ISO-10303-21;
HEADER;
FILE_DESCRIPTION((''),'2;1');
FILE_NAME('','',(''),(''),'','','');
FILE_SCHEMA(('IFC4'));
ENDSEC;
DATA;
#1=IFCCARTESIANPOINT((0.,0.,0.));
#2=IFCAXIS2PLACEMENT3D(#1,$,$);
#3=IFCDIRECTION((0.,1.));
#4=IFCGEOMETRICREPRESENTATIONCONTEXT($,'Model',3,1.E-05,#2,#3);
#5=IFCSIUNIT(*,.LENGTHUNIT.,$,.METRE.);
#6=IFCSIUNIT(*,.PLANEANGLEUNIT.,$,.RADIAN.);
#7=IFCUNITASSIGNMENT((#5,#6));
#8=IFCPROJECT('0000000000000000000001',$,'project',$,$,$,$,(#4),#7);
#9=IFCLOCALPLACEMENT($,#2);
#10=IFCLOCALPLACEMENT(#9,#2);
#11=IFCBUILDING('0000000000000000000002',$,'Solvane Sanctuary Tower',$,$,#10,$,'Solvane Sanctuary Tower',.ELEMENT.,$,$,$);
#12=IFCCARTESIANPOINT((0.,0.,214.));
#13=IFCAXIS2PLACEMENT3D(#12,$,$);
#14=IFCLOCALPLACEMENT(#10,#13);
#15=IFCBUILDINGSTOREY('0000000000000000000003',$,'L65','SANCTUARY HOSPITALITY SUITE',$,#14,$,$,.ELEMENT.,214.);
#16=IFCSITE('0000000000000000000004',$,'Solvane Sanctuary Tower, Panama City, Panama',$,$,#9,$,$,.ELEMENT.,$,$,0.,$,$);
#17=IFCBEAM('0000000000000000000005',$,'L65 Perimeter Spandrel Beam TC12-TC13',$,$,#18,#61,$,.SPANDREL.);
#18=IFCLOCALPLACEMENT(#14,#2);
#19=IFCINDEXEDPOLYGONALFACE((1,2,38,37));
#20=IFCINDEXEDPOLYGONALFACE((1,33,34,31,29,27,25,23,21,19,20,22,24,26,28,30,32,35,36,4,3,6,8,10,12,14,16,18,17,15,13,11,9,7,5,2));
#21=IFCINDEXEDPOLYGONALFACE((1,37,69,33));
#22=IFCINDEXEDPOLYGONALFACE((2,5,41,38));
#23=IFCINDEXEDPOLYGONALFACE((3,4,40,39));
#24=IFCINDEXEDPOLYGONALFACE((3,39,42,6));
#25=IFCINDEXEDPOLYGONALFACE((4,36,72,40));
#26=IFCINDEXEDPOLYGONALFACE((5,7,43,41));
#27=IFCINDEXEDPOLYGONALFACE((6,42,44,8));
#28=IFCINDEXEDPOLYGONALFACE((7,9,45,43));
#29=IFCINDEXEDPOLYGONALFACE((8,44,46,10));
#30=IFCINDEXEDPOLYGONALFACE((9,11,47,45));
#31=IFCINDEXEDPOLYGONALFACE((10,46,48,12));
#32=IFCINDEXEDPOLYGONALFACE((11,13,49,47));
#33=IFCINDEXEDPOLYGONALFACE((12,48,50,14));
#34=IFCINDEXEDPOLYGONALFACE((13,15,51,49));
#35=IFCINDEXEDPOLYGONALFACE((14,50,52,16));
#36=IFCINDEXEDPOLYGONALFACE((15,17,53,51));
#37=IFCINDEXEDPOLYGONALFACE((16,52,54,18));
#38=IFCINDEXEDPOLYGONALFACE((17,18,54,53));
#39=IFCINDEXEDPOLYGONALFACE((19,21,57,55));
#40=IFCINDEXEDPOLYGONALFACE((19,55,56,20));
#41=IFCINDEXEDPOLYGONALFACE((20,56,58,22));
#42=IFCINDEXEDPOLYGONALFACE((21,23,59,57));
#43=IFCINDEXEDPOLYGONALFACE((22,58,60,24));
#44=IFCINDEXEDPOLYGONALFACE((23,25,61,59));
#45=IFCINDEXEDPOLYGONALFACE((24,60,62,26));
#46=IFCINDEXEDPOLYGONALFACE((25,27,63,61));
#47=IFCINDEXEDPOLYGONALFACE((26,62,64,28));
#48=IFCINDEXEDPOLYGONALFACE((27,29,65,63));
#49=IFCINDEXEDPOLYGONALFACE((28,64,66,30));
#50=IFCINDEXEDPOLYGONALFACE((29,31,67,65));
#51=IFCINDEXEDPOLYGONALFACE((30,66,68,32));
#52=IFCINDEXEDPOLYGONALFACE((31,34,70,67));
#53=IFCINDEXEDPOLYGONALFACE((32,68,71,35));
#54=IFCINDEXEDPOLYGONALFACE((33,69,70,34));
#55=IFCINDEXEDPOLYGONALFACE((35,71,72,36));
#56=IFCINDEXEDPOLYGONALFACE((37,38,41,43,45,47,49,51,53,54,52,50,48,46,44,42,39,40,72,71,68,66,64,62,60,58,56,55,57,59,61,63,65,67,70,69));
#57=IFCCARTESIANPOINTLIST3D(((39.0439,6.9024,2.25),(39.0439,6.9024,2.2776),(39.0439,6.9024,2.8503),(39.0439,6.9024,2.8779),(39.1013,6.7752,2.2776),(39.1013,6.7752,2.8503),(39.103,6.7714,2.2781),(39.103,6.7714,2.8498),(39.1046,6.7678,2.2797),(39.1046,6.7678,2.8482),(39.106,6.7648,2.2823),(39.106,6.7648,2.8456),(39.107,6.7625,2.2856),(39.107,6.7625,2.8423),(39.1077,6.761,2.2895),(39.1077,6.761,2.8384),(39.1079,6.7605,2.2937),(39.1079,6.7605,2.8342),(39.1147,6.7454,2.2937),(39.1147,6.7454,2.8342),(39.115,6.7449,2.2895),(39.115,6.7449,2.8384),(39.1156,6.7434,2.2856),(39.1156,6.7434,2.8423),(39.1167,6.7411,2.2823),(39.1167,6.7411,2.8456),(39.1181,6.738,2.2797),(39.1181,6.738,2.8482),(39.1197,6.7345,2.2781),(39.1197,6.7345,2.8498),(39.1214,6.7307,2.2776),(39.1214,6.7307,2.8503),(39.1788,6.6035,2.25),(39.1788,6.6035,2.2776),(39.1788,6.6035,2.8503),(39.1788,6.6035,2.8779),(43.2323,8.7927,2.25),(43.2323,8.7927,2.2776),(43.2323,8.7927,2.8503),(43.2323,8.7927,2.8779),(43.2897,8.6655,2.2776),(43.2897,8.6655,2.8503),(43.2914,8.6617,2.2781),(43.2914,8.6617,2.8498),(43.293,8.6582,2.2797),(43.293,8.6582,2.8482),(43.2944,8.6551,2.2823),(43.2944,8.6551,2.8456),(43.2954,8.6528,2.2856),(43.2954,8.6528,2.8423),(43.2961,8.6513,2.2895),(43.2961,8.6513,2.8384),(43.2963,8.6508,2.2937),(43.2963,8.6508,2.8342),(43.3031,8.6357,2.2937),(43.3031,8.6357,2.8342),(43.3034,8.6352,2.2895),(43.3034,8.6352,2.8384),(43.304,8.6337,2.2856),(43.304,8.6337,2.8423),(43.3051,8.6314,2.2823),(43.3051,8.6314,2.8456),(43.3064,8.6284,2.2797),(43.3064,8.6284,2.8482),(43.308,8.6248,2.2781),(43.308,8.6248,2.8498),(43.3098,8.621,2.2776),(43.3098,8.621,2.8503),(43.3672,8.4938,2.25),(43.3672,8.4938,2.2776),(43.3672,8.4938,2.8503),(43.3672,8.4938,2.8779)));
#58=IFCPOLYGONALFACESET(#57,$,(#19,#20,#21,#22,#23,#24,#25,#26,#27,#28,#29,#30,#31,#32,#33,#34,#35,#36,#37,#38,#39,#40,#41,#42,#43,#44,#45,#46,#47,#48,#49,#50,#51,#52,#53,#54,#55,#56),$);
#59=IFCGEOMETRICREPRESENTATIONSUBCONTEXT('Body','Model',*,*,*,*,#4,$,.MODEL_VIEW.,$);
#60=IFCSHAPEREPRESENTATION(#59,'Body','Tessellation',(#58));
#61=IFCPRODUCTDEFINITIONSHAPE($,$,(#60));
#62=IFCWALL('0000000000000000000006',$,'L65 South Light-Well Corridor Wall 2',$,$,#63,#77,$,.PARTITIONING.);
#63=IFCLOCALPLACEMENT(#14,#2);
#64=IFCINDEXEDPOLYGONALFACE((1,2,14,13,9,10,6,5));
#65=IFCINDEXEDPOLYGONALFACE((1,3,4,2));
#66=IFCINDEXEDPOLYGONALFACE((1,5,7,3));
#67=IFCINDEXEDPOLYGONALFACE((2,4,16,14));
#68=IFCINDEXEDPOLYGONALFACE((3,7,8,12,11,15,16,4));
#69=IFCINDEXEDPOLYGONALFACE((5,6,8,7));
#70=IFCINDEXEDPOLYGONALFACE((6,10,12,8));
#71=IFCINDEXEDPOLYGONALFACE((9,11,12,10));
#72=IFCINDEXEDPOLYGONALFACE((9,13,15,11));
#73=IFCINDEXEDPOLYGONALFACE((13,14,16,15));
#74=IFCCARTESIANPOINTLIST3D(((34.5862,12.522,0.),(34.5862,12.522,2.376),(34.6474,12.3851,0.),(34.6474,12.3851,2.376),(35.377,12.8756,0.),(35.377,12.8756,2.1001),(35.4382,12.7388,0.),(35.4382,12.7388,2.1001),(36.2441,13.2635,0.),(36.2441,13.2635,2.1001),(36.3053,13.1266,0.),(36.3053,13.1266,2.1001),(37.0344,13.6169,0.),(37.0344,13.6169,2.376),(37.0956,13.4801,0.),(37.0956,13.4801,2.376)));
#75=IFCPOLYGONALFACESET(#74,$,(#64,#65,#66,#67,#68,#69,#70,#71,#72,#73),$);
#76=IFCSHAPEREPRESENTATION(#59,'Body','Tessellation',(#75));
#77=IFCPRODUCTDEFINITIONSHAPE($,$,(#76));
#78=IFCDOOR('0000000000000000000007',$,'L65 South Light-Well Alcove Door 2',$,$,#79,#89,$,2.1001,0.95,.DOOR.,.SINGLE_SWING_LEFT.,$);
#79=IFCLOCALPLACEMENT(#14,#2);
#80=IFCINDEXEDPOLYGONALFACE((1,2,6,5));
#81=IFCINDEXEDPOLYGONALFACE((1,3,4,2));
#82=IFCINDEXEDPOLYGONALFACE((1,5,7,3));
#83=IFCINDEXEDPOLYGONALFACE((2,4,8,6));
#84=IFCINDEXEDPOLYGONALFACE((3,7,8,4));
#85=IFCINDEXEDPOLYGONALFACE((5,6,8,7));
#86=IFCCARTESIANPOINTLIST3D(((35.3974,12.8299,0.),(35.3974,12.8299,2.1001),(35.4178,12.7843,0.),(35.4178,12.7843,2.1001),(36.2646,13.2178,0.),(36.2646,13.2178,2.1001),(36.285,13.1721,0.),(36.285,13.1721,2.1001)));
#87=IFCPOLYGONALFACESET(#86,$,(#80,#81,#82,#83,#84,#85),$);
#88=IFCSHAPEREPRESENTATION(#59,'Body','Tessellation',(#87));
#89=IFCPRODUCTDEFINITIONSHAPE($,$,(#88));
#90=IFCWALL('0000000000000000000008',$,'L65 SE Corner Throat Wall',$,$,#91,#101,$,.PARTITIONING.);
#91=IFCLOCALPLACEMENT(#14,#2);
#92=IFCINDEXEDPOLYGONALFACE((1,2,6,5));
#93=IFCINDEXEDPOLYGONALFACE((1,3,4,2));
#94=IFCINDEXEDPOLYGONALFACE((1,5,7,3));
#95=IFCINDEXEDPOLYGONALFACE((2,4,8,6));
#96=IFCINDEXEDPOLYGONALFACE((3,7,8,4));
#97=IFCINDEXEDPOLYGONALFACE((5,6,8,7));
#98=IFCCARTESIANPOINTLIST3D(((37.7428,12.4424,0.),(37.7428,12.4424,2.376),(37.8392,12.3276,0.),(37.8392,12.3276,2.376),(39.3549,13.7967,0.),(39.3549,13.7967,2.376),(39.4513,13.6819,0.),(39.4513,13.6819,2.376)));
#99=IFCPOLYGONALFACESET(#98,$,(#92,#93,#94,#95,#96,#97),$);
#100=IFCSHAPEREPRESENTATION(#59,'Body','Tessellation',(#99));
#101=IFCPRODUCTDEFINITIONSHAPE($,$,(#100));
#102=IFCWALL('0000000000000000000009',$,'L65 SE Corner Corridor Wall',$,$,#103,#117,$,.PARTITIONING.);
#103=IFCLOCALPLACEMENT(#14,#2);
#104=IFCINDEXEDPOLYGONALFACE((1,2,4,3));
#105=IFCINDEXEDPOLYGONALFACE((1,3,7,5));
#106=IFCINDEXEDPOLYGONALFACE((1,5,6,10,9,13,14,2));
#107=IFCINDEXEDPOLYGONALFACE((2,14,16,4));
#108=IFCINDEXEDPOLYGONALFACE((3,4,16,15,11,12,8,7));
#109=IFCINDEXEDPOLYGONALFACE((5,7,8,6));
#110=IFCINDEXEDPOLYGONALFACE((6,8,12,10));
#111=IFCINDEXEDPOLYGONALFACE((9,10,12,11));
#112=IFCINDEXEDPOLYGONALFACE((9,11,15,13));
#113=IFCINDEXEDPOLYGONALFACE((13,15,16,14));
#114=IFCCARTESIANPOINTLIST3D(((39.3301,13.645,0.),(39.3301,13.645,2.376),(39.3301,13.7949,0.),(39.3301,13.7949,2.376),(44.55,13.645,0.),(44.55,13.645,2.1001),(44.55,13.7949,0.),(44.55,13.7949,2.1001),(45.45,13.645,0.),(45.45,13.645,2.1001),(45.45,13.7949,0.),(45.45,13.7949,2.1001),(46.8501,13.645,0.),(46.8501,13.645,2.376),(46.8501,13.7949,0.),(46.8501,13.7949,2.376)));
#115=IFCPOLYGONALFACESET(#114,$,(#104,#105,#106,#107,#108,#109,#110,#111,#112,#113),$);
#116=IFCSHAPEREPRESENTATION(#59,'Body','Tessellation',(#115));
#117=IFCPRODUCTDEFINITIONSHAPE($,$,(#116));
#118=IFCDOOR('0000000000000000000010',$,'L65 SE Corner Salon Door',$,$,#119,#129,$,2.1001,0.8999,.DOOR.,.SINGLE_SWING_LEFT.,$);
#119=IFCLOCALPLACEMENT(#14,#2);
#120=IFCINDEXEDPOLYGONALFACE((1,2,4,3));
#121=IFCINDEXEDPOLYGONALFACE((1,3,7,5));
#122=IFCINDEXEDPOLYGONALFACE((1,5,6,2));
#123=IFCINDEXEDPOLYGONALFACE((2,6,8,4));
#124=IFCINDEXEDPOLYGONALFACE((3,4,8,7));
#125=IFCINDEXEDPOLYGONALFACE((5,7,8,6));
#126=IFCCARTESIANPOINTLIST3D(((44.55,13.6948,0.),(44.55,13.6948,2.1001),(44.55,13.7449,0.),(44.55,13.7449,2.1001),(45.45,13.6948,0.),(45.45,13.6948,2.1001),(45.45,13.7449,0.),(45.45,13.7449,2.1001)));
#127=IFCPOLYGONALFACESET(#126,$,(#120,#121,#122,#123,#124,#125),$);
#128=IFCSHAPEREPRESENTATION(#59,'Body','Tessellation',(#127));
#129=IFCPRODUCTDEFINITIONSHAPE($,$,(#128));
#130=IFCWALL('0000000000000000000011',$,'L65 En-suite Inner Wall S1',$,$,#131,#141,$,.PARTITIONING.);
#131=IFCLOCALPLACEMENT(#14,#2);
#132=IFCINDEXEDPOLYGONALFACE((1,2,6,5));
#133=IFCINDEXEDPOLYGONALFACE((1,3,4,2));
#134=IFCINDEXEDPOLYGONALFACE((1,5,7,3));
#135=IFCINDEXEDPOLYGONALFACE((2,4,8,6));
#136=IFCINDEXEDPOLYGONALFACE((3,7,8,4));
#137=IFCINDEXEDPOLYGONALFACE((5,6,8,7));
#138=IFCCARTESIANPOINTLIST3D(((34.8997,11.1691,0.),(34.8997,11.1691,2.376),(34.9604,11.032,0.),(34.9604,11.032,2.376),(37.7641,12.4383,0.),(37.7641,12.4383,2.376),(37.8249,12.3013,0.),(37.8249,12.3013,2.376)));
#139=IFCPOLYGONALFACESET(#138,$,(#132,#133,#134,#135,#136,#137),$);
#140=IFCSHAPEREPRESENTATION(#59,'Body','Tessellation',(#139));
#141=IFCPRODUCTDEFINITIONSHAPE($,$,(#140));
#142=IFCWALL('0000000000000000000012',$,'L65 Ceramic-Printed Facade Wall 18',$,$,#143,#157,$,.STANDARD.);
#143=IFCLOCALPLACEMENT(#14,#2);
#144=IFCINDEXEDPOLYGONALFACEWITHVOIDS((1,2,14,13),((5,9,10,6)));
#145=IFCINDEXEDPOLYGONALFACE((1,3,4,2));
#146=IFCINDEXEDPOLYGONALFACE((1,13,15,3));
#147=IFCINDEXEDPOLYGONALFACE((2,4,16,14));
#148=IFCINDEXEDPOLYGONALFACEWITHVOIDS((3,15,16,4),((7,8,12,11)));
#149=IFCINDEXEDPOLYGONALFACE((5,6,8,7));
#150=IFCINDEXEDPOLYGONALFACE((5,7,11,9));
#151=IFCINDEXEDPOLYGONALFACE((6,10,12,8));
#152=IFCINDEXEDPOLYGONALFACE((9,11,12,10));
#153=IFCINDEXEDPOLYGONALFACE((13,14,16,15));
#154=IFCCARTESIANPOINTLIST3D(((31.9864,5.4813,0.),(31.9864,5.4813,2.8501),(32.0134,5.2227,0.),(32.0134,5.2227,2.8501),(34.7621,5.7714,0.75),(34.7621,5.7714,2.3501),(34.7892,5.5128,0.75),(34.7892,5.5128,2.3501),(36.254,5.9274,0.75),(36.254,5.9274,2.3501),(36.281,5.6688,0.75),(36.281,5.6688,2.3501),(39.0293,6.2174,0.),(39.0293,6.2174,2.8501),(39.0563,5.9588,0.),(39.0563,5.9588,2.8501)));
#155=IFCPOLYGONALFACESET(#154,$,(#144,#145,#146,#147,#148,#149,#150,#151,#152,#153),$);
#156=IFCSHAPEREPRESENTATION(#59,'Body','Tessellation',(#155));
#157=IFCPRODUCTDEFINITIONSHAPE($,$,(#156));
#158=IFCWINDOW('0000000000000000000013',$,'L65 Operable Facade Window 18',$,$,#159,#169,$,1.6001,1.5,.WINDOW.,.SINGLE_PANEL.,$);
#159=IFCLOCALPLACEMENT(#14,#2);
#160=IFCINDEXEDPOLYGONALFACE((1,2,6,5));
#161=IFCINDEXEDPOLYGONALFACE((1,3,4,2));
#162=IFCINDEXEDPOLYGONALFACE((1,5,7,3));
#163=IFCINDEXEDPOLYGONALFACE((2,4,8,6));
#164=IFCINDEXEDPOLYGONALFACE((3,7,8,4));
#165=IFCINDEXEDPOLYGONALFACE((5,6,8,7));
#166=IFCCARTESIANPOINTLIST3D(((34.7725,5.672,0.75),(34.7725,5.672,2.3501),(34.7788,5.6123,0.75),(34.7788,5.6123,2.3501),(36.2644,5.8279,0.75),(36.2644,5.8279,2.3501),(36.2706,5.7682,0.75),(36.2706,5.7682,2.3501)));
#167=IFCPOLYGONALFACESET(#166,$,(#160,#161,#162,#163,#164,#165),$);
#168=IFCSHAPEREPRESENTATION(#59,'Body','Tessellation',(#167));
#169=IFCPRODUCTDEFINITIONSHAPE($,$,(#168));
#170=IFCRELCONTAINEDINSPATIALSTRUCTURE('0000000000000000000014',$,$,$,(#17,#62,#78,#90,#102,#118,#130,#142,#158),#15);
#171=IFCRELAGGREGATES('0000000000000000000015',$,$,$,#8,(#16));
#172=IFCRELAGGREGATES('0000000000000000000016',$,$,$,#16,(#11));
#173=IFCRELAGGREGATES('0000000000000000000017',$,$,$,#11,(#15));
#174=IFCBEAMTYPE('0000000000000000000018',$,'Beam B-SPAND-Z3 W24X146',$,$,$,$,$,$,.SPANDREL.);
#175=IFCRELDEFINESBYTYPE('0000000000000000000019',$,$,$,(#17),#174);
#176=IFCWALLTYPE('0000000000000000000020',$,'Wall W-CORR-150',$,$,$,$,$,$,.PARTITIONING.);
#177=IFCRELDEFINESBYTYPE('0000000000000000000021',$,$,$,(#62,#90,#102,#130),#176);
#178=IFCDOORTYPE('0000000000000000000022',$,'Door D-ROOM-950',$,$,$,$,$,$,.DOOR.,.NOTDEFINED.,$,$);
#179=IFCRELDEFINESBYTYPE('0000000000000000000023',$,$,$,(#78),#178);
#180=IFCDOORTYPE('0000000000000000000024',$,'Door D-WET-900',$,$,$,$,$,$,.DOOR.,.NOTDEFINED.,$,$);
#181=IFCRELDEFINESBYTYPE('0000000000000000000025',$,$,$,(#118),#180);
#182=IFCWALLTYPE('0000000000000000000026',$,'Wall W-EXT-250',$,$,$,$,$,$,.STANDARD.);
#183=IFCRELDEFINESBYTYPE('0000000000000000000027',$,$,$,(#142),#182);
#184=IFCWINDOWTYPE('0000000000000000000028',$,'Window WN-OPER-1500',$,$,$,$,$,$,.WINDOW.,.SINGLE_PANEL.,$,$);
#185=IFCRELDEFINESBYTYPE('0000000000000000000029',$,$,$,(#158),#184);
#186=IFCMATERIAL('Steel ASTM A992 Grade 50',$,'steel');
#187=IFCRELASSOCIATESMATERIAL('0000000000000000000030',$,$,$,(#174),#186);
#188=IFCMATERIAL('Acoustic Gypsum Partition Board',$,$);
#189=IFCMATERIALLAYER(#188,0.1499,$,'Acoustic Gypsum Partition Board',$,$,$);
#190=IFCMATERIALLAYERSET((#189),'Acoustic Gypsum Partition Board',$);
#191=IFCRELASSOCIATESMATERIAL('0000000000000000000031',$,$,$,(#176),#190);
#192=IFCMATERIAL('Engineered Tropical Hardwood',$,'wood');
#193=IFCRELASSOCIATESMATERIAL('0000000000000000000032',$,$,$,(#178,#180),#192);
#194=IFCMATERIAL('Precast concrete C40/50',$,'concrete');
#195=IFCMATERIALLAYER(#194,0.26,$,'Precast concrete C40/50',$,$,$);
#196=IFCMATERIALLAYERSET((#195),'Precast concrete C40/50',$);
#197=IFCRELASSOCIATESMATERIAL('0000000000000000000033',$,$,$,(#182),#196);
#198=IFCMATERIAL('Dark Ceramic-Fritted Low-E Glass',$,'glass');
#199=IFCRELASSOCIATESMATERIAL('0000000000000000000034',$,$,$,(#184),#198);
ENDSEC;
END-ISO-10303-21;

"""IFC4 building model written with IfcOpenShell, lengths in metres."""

from ifc_helpers import new_model, si_unit, direction, frame, frame_2d, origin, origin_2d, place, context, subcontext, project, spatial, rectangle, i_section, extrude, material, layer, layer_set, material_profile, profile_set, type_object, element, fill, save


model = new_model("IFC4")

# Units and contexts
model_context = context("Model", 3, precision=1e-05, world=origin(), true_north=direction((0.0, 1.0)))
body_context = subcontext(model_context, "Body", "Model", "MODEL_VIEW")
ifc_project = project(units=[si_unit("LENGTHUNIT", "METRE"), si_unit("PLANEANGLEUNIT", "RADIAN")], contexts=[model_context])

# Site, building, storey
site_placement = place(None, origin())
site = spatial("IfcSite", under=ifc_project, at=site_placement, Name="Solvane Sanctuary Tower, Panama City, Panama", CompositionType="ELEMENT", RefElevation=0.0)
building_placement = place(site_placement, origin())
building = spatial("IfcBuilding", under=site, at=building_placement, Name="Solvane Sanctuary Tower", LongName="Solvane Sanctuary Tower", CompositionType="ELEMENT")
storey_placement = place(building_placement, frame((0.0, 0.0, 214.0)))
storey = spatial("IfcBuildingStorey", under=building, at=storey_placement, Name="L65", Description="SANCTUARY HOSPITALITY SUITE", CompositionType="ELEMENT", Elevation=214.0)

# Beam
ifc_material_1 = material(Name="Steel ASTM A992 Grade 50", Category="steel")
ifc_material_profile_1 = material_profile(ifc_material_1, i_section(OverallWidth=0.3279, OverallDepth=0.6279, WebThickness=0.0166, FlangeThickness=0.0276, FilletRadius=0.0161, at=origin_2d()), Name="W24X146")
ifc_profile_set_1 = profile_set([ifc_material_profile_1], Name="Steel ASTM A992 Grade 50")
beam_type_1 = type_object("IfcBeamType", Name="Beam B-SPAND-Z3 W24X146", PredefinedType="SPANDREL", material=ifc_profile_set_1)
beam_1_placement = place(storey_placement, frame((39.1113, 6.7529, 2.564), z_axis=(0.911468, 0.411372, 0.0), x_axis=(-0.411372, 0.911468, 0.0)))
element("IfcBeam", 1, at=beam_1_placement, inside=storey, type_object=beam_type_1, Name="L65 Perimeter Spandrel Beam TC12-TC13", PredefinedType="SPANDREL", context=body_context, shape_type="SweptSolid", body=[
    extrude(i_section(OverallWidth=0.3279, OverallDepth=0.6279, WebThickness=0.0166, FlangeThickness=0.0276, FilletRadius=0.0161, at=origin_2d()), origin(), (0.0, 0.0, 1.0), 4.5952),
])

# Wall, opening, door
ifc_material_2 = material(Name="Acoustic Gypsum Partition Board")
ifc_layer_1 = layer(ifc_material_2, 0.1499, Name="Acoustic Gypsum Partition Board")
ifc_layer_set_1 = layer_set([ifc_layer_1], Name="Acoustic Gypsum Partition Board")
wall_type_1 = type_object("IfcWallType", Name="Wall W-CORR-150", PredefinedType="PARTITIONING", material=ifc_layer_set_1)
wall_1_placement = place(storey_placement, frame((34.6169, 12.4536, 0.0), z_axis=(0.0, 0.0, 1.0), x_axis=(0.912859, 0.408274, 0.0)))
wall_1 = element("IfcWall", 2, at=wall_1_placement, inside=storey, type_object=wall_type_1, Name="L65 South Light-Well Corridor Wall 2", PredefinedType="PARTITIONING", context=body_context, shape_type="SweptSolid", body=[
    extrude(rectangle(XDim=2.6819, YDim=0.1499, at=frame_2d((1.3408, 0.0))), origin(), (0.0, 0.0, 1.0), 2.376),
])
opening_1_placement = place(wall_1_placement, frame((0.866, 0.0, 0.0)))
opening_1 = element("IfcOpeningElement", 3, at=opening_1_placement, cuts=wall_1, PredefinedType="OPENING", context=body_context, shape_type="SweptSolid", body=[
    extrude(rectangle(XDim=0.95, YDim=2.1001, at=frame_2d((0.4751, 1.05))), frame((0.0, 0.085, 0.0), z_axis=(0.0, -1.0, 0.0), x_axis=(1.0, 0.0, 0.0)), (0.0, 0.0, 1.0), 0.1699),
])
ifc_material_3 = material(Name="Engineered Tropical Hardwood", Category="wood")
door_type_1 = type_object("IfcDoorType", Name="Door D-ROOM-950", OperationType="NOTDEFINED", PredefinedType="DOOR", material=ifc_material_3)
door_1_placement = place(opening_1_placement, origin())
door_1 = element("IfcDoor", 4, at=door_1_placement, inside=storey, type_object=door_type_1, Name="L65 South Light-Well Alcove Door 2", OperationType="SINGLE_SWING_LEFT", OverallHeight=2.1001, OverallWidth=0.95, PredefinedType="DOOR", context=body_context, shape_type="SweptSolid", body=[
    extrude(rectangle(XDim=0.95, YDim=2.1001, at=frame_2d((0.4751, 1.05))), frame((0.0, 0.0249, 0.0), z_axis=(0.0, -1.0, 0.0), x_axis=(1.0, 0.0, 0.0)), (0.0, 0.0, 1.0), 0.05),
])
fill(opening_1, door_1)

# Wall
wall_2_placement = place(storey_placement, frame((37.791, 12.385, 0.0), z_axis=(0.0, 0.0, 1.0), x_axis=(0.765677, 0.643225, 0.0)))
element("IfcWall", 5, at=wall_2_placement, inside=storey, type_object=wall_type_1, Name="L65 SE Corner Throat Wall", PredefinedType="PARTITIONING", context=body_context, shape_type="SweptSolid", body=[
    extrude(rectangle(XDim=2.1055, YDim=0.1499, at=frame_2d((1.0527, 0.0))), origin(), (0.0, 0.0, 1.0), 2.376),
])

# Wall, opening, door
wall_3_placement = place(storey_placement, frame((39.3301, 13.72, 0.0), z_axis=(0.0, 0.0, 1.0), x_axis=(1.0, 0.0, 0.0)))
wall_3 = element("IfcWall", 6, at=wall_3_placement, inside=storey, type_object=wall_type_1, Name="L65 SE Corner Corridor Wall", PredefinedType="PARTITIONING", context=body_context, shape_type="SweptSolid", body=[
    extrude(rectangle(XDim=7.52, YDim=0.1499, at=frame_2d((3.76, 0.0))), origin(), (0.0, 0.0, 1.0), 2.376),
])
opening_2_placement = place(wall_3_placement, frame((5.22, 0.0, 0.0)))
opening_2 = element("IfcOpeningElement", 7, at=opening_2_placement, cuts=wall_3, PredefinedType="OPENING", context=body_context, shape_type="SweptSolid", body=[
    extrude(rectangle(XDim=0.8999, YDim=2.1001, at=frame_2d((0.45, 1.05))), frame((0.0, 0.085, 0.0), z_axis=(0.0, -1.0, 0.0), x_axis=(1.0, 0.0, 0.0)), (0.0, 0.0, 1.0), 0.1699),
])
door_type_2 = type_object("IfcDoorType", Name="Door D-WET-900", OperationType="NOTDEFINED", PredefinedType="DOOR", material=ifc_material_3)
door_2_placement = place(opening_2_placement, origin())
door_2 = element("IfcDoor", 8, at=door_2_placement, inside=storey, type_object=door_type_2, Name="L65 SE Corner Salon Door", OperationType="SINGLE_SWING_LEFT", OverallHeight=2.1001, OverallWidth=0.8999, PredefinedType="DOOR", context=body_context, shape_type="SweptSolid", body=[
    extrude(rectangle(XDim=0.8999, YDim=2.1001, at=frame_2d((0.45, 1.05))), frame((0.0, 0.0249, 0.0), z_axis=(0.0, -1.0, 0.0), x_axis=(1.0, 0.0, 0.0)), (0.0, 0.0, 1.0), 0.05),
])
fill(opening_2, door_2)

# Wall
wall_4_placement = place(storey_placement, frame((34.9302, 11.1006, 0.0), z_axis=(0.0, 0.0, 1.0), x_axis=(0.914264, 0.405119, 0.0)))
element("IfcWall", 9, at=wall_4_placement, inside=storey, type_object=wall_type_1, Name="L65 En-suite Inner Wall S1", PredefinedType="PARTITIONING", context=body_context, shape_type="SweptSolid", body=[
    extrude(rectangle(XDim=3.1331, YDim=0.1499, at=frame_2d((1.5664, 0.0))), origin(), (0.0, 0.0, 1.0), 2.376),
])

# Wall, opening, window
ifc_material_4 = material(Name="Precast concrete C40/50", Category="concrete")
ifc_layer_2 = layer(ifc_material_4, 0.26, Name="Precast concrete C40/50")
ifc_layer_set_2 = layer_set([ifc_layer_2], Name="Precast concrete C40/50")
wall_type_2 = type_object("IfcWallType", Name="Wall W-EXT-250", PredefinedType="STANDARD", material=ifc_layer_set_2)
wall_5_placement = place(storey_placement, frame((32.0, 5.3521, 0.0), z_axis=(0.0, 0.0, 1.0), x_axis=(0.994583, 0.103947, 0.0)))
wall_5 = element("IfcWall", 10, at=wall_5_placement, inside=storey, type_object=wall_type_2, Name="L65 Ceramic-Printed Facade Wall 18", PredefinedType="STANDARD", context=body_context, shape_type="SweptSolid", body=[
    extrude(rectangle(XDim=7.0813, YDim=0.26, at=frame_2d((3.5405, 0.0))), origin(), (0.0, 0.0, 1.0), 2.8501),
])
opening_3_placement = place(wall_5_placement, frame((2.7908, 0.0, 0.75)))
opening_3 = element("IfcOpeningElement", 11, at=opening_3_placement, cuts=wall_5, PredefinedType="OPENING", context=body_context, shape_type="SweptSolid", body=[
    extrude(rectangle(XDim=1.5, YDim=1.6001, at=frame_2d((0.75, 0.8))), frame((0.0, 0.1399, 0.0), z_axis=(0.0, -1.0, 0.0), x_axis=(1.0, 0.0, 0.0)), (0.0, 0.0, 1.0), 0.28),
])
ifc_material_5 = material(Name="Dark Ceramic-Fritted Low-E Glass", Category="glass")
window_type_1 = type_object("IfcWindowType", Name="Window WN-OPER-1500", PartitioningType="SINGLE_PANEL", PredefinedType="WINDOW", material=ifc_material_5)
window_1_placement = place(opening_3_placement, origin())
window_1 = element("IfcWindow", 12, at=window_1_placement, inside=storey, type_object=window_type_1, Name="L65 Operable Facade Window 18", OverallHeight=1.6001, OverallWidth=1.5, PartitioningType="SINGLE_PANEL", PredefinedType="WINDOW", context=body_context, shape_type="SweptSolid", body=[
    extrude(rectangle(XDim=1.5, YDim=1.6001, at=frame_2d((0.75, 0.8))), frame((0.0, 0.03, 0.0), z_axis=(0.0, -1.0, 0.0), x_axis=(1.0, 0.0, 0.0)), (0.0, 0.0, 1.0), 0.0601),
])
fill(opening_3, window_1)

save(model, "model.ifc")
